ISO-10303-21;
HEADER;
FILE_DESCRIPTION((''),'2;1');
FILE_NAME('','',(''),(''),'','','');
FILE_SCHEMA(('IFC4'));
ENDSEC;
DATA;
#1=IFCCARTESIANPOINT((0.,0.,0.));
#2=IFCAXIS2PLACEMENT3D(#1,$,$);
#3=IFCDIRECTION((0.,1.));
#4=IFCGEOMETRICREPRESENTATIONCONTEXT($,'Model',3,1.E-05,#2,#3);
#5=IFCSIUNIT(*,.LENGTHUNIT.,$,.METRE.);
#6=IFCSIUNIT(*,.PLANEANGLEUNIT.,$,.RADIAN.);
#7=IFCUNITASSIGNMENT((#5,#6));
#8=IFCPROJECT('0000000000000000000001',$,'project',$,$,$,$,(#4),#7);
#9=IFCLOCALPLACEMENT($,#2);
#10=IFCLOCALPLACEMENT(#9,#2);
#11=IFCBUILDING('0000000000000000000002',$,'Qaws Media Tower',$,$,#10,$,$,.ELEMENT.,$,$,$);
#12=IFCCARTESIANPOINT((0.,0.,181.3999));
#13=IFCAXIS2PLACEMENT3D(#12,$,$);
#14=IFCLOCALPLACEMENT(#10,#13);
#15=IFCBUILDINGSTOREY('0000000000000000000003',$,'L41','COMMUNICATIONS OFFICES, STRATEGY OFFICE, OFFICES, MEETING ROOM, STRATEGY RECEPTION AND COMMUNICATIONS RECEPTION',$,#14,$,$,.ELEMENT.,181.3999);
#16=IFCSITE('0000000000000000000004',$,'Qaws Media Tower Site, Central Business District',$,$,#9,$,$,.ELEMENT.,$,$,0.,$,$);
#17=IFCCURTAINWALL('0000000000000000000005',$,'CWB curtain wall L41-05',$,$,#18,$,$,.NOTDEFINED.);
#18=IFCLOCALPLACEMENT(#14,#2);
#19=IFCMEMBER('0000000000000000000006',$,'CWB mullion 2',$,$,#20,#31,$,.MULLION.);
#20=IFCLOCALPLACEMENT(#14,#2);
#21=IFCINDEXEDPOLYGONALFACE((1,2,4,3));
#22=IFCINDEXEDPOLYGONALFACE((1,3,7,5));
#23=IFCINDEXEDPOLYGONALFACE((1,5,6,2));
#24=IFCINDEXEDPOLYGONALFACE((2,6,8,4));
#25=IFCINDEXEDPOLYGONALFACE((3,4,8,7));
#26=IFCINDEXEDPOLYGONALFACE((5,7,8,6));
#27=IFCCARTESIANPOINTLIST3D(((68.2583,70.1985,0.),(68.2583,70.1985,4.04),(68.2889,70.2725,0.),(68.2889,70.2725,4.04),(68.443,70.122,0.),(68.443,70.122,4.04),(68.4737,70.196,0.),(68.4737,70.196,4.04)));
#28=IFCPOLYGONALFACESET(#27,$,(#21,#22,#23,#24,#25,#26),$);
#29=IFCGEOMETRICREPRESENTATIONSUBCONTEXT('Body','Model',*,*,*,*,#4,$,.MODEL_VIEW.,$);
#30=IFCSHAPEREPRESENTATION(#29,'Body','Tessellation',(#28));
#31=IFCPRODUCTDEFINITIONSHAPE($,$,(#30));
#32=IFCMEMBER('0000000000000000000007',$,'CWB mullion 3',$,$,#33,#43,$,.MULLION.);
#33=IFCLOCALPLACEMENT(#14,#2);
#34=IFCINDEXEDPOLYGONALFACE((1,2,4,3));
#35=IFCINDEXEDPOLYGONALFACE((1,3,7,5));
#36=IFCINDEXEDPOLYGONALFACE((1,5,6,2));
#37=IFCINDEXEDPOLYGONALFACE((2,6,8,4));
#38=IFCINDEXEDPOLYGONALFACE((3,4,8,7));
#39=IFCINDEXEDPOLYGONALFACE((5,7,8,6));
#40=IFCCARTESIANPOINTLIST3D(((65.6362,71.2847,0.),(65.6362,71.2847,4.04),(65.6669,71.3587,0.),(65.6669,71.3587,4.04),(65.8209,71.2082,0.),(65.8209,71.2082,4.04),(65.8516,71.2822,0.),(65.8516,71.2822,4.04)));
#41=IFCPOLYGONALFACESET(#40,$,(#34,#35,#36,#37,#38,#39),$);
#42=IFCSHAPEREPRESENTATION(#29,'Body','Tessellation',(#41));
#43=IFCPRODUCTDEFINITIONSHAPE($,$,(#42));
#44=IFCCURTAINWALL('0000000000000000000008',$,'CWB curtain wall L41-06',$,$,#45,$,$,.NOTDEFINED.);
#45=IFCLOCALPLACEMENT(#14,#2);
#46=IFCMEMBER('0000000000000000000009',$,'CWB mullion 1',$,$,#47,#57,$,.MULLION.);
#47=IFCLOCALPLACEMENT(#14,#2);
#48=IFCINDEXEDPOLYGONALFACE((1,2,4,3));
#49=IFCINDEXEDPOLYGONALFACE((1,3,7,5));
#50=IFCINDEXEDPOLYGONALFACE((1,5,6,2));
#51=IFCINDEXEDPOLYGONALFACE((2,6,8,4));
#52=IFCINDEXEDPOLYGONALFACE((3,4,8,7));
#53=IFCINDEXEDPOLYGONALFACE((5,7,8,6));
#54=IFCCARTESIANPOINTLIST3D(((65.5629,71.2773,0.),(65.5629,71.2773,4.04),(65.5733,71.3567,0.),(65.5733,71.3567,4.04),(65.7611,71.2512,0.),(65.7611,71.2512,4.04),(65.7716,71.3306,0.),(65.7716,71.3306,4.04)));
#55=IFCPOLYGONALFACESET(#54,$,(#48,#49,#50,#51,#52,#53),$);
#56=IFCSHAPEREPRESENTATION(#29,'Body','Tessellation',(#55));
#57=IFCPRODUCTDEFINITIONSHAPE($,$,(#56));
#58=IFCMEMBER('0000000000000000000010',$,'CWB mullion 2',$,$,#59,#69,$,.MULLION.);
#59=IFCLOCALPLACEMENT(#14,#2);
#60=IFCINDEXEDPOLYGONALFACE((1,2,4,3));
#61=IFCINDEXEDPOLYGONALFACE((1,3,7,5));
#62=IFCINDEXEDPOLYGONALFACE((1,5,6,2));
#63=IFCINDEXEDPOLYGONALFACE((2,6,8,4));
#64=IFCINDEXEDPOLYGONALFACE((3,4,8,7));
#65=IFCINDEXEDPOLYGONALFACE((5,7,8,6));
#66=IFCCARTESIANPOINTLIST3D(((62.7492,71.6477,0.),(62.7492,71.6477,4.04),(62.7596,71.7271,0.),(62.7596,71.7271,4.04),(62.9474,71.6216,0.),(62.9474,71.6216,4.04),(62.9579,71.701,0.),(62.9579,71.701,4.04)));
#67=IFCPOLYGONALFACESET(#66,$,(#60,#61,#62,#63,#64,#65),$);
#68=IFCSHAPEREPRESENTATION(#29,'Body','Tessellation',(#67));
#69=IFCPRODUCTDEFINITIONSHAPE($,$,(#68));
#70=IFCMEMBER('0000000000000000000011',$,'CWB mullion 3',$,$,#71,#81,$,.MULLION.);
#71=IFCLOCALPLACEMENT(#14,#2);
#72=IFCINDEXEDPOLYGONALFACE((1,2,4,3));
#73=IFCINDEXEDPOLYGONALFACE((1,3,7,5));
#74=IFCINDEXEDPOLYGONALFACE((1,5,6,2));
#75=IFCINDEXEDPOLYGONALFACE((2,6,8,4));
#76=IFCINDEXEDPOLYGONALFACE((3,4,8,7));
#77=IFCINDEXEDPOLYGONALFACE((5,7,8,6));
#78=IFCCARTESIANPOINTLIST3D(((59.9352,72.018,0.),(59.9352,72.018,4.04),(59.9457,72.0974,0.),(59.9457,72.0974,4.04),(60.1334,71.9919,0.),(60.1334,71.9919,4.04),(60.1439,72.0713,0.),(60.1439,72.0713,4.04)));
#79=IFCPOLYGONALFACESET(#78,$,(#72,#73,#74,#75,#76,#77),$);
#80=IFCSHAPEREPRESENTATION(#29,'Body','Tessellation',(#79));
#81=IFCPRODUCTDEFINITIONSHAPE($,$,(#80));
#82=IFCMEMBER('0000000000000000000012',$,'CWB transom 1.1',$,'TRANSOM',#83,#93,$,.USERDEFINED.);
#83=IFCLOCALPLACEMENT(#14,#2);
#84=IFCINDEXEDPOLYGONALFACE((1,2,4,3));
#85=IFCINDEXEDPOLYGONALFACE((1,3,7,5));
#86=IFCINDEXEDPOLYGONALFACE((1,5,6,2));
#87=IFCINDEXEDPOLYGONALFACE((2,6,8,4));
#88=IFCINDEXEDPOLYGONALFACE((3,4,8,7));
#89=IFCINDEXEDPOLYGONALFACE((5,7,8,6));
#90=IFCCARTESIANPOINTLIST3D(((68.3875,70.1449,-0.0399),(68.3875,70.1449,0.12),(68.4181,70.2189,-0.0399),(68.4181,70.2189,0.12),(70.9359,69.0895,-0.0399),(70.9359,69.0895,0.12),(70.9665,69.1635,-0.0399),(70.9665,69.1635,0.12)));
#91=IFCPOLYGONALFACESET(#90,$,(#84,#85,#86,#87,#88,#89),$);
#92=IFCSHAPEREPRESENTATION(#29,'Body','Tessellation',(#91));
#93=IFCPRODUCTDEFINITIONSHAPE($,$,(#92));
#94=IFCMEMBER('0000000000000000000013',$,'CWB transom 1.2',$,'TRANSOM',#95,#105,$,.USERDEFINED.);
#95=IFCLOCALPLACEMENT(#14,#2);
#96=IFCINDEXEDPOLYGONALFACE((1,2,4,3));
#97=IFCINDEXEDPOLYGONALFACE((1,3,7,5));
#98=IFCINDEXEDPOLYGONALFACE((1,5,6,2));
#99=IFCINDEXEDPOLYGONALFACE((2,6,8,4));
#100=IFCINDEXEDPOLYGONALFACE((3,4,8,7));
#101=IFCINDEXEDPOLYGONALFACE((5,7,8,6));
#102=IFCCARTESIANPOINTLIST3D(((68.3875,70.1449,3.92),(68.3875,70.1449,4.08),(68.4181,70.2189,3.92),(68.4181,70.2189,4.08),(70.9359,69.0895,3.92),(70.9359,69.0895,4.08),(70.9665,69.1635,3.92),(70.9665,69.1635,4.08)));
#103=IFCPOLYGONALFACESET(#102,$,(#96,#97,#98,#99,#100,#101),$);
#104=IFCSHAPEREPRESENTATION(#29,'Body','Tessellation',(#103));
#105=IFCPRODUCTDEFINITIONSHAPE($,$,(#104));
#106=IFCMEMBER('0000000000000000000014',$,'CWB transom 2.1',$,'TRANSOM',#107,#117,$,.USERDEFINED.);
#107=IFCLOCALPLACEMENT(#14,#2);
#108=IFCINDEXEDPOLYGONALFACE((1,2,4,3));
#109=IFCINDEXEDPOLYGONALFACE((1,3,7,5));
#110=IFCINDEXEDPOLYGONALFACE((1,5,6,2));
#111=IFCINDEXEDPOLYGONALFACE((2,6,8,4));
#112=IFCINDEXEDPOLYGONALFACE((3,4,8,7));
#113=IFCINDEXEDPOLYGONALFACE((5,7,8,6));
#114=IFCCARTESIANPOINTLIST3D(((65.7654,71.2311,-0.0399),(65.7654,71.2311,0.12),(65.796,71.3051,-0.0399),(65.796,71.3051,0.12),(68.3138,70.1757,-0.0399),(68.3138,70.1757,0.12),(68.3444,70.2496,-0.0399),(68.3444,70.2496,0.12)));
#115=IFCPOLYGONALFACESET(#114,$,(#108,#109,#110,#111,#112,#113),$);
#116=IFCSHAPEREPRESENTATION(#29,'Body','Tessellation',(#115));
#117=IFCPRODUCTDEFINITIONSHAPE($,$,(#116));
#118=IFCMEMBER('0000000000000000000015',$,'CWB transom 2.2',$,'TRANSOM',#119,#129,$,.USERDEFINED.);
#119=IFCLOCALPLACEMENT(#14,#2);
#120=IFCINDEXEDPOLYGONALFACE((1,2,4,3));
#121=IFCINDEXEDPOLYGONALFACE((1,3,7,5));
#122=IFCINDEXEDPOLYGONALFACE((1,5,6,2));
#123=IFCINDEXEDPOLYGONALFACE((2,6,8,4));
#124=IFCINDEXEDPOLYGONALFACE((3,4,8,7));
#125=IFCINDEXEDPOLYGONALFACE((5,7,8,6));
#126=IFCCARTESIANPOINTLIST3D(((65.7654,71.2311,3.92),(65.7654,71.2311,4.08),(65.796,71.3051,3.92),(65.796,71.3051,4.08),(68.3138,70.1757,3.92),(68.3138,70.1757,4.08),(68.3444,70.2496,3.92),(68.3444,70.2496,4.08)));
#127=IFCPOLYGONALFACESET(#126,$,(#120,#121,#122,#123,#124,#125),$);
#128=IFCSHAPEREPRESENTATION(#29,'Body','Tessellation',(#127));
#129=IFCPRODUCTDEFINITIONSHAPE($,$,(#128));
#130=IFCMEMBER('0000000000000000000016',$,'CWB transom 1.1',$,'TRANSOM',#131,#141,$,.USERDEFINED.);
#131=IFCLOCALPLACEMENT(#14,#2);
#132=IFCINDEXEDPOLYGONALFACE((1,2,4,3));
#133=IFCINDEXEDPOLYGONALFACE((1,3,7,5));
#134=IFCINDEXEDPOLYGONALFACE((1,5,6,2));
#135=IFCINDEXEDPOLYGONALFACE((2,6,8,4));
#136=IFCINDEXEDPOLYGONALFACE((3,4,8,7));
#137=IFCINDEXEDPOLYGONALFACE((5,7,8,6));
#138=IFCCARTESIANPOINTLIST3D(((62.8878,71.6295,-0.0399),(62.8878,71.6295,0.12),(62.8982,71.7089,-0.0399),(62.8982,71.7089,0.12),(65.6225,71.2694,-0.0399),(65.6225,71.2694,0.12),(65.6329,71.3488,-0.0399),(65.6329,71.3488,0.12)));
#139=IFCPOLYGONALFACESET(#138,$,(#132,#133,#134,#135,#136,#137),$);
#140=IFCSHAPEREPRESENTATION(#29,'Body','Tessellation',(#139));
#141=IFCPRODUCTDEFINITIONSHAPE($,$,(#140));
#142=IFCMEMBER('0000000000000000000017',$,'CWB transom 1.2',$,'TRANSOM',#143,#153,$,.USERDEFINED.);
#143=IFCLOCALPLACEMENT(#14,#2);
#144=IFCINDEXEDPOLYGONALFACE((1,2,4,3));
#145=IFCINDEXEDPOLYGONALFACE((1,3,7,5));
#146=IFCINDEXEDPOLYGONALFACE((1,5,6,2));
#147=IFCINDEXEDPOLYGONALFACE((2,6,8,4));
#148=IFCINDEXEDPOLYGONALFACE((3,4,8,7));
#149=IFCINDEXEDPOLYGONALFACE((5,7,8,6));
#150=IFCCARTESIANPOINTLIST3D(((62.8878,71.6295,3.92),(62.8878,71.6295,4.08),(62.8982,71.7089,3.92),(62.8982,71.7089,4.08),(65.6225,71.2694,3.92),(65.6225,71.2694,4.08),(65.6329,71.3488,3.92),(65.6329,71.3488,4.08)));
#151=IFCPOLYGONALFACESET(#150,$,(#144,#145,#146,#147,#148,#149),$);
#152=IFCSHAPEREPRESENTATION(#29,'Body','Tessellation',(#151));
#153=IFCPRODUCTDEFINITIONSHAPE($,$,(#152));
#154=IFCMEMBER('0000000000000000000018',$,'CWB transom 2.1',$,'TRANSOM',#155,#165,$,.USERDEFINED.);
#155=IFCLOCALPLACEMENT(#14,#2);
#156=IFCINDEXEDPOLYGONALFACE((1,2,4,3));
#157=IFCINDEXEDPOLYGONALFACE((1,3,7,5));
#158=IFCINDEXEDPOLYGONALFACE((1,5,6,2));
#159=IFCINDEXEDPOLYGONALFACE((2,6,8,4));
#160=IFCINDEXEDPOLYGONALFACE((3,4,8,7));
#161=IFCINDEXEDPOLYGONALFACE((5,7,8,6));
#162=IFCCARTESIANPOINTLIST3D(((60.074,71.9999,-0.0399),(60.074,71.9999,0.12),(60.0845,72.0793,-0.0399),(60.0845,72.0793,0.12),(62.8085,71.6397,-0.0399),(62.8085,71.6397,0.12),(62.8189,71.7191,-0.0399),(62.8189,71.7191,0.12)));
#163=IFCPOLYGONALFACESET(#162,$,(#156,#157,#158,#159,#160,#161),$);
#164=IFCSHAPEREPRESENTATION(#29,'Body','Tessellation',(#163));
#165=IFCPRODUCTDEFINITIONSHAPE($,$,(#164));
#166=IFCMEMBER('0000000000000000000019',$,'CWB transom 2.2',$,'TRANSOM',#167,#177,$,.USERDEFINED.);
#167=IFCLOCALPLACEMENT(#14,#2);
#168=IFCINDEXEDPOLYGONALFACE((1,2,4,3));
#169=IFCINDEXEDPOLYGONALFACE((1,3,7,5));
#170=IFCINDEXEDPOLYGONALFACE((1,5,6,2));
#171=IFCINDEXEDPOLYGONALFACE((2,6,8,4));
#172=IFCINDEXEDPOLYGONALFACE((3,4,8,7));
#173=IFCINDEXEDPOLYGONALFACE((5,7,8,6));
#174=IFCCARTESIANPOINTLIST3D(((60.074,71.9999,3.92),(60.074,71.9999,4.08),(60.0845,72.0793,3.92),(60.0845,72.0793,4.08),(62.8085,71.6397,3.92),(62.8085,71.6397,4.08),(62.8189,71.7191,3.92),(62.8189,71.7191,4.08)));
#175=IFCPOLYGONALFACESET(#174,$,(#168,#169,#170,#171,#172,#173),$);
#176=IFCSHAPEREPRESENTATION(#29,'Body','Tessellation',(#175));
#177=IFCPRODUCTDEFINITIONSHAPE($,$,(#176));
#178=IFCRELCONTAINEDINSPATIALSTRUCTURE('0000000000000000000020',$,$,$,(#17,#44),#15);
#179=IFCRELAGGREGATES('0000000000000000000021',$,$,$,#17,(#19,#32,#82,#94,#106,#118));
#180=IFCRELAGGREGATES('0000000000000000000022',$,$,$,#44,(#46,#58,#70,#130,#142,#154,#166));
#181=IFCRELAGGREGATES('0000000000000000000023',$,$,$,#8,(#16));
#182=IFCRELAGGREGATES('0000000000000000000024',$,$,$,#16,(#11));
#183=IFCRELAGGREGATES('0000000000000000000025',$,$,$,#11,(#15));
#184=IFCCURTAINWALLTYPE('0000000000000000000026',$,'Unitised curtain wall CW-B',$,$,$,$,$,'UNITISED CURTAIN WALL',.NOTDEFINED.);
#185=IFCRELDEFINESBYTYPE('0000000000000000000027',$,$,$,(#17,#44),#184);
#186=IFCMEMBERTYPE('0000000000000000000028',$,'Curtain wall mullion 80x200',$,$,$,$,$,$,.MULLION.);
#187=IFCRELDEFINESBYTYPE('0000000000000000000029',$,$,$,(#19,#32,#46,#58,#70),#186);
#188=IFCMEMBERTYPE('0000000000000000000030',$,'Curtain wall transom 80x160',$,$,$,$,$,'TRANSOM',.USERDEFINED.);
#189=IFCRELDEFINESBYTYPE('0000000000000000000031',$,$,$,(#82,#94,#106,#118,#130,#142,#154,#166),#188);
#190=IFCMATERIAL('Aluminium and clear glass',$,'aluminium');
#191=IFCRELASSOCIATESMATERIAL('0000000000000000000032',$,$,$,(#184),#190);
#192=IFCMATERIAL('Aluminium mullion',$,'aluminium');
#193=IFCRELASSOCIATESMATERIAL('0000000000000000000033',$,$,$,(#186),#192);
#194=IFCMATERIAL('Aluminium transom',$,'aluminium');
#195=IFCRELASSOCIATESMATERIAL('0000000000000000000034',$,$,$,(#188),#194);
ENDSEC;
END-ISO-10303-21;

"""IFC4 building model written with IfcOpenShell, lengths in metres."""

from ifc_helpers import new_model, si_unit, direction, frame, origin, origin_2d, place, context, subcontext, project, spatial, rectangle, extrude, material, material_profile, profile_set, type_object, element, aggregate, save


model = new_model("IFC4")

# Units and contexts
model_context = context("Model", 3, precision=1e-05, world=origin(), true_north=direction((0.0, 1.0)))
body_context = subcontext(model_context, "Body", "Model", "MODEL_VIEW")
ifc_project = project(units=[si_unit("LENGTHUNIT", "METRE"), si_unit("PLANEANGLEUNIT", "RADIAN")], contexts=[model_context])

# Site, building, storey
site_placement = place(None, origin())
site = spatial("IfcSite", under=ifc_project, at=site_placement, Name="Qaws Media Tower Site, Central Business District", CompositionType="ELEMENT", RefElevation=0.0)
building_placement = place(site_placement, origin())
building = spatial("IfcBuilding", under=site, at=building_placement, Name="Qaws Media Tower", CompositionType="ELEMENT")
storey_placement = place(building_placement, frame((0.0, 0.0, 181.3999)))
storey = spatial("IfcBuildingStorey", under=building, at=storey_placement, Name="L41", Description="COMMUNICATIONS OFFICES, STRATEGY OFFICE, OFFICES, MEETING ROOM, STRATEGY RECEPTION AND COMMUNICATIONS RECEPTION", CompositionType="ELEMENT", Elevation=181.3999)

# Curtain walls, members
ifc_material_1 = material(Name="Aluminium and clear glass", Category="aluminium")
curtain_wall_type = type_object("IfcCurtainWallType", Name="Unitised curtain wall CW-B", ElementType="UNITISED CURTAIN WALL", PredefinedType="NOTDEFINED", material=ifc_material_1)
curtain_wall_1_placement = place(storey_placement, origin())
curtain_wall_1 = element("IfcCurtainWall", 1, at=curtain_wall_1_placement, inside=storey, type_object=curtain_wall_type, Name="CWB curtain wall L41-05", PredefinedType="NOTDEFINED")
ifc_material_2 = material(Name="Aluminium mullion", Category="aluminium")
ifc_material_profile_1 = material_profile(ifc_material_2, rectangle(XDim=0.0801, YDim=0.2, at=origin_2d()), Name="80x200")
ifc_profile_set_1 = profile_set([ifc_material_profile_1], Name="Aluminium mullion")
member_type_1 = type_object("IfcMemberType", Name="Curtain wall mullion 80x200", PredefinedType="MULLION", material=ifc_profile_set_1)
member_1_placement = place(storey_placement, frame((68.366, 70.1973, 0.0), z_axis=(0.0, 0.0, 1.0), x_axis=(-0.382683, -0.92388, 0.0)))
member_1 = element("IfcMember", 2, at=member_1_placement, type_object=member_type_1, Name="CWB mullion 2", PredefinedType="MULLION", context=body_context, shape_type="SweptSolid", body=[
    extrude(rectangle(XDim=0.0801, YDim=0.2, at=origin_2d()), origin(), (0.0, 0.0, 1.0), 4.04),
])
member_2_placement = place(storey_placement, frame((65.7439, 71.2834, 0.0), z_axis=(0.0, 0.0, 1.0), x_axis=(-0.382683, -0.92388, 0.0)))
member_2 = element("IfcMember", 3, at=member_2_placement, type_object=member_type_1, Name="CWB mullion 3", PredefinedType="MULLION", context=body_context, shape_type="SweptSolid", body=[
    extrude(rectangle(XDim=0.0801, YDim=0.2, at=origin_2d()), origin(), (0.0, 0.0, 1.0), 4.04),
])
curtain_wall_2_placement = place(storey_placement, origin())
curtain_wall_2 = element("IfcCurtainWall", 4, at=curtain_wall_2_placement, inside=storey, type_object=curtain_wall_type, Name="CWB curtain wall L41-06", PredefinedType="NOTDEFINED")
member_3_placement = place(storey_placement, frame((65.6672, 71.304, 0.0), z_axis=(0.0, 0.0, 1.0), x_axis=(-0.130526, -0.991445, 0.0)))
member_3 = element("IfcMember", 5, at=member_3_placement, type_object=member_type_1, Name="CWB mullion 1", PredefinedType="MULLION", context=body_context, shape_type="SweptSolid", body=[
    extrude(rectangle(XDim=0.0801, YDim=0.2, at=origin_2d()), origin(), (0.0, 0.0, 1.0), 4.04),
])
member_4_placement = place(storey_placement, frame((62.8535, 71.6743, 0.0), z_axis=(0.0, 0.0, 1.0), x_axis=(-0.130526, -0.991445, 0.0)))
member_4 = element("IfcMember", 6, at=member_4_placement, type_object=member_type_1, Name="CWB mullion 2", PredefinedType="MULLION", context=body_context, shape_type="SweptSolid", body=[
    extrude(rectangle(XDim=0.0801, YDim=0.2, at=origin_2d()), origin(), (0.0, 0.0, 1.0), 4.04),
])
member_5_placement = place(storey_placement, frame((60.0396, 72.0447, 0.0), z_axis=(0.0, 0.0, 1.0), x_axis=(-0.130526, -0.991445, 0.0)))
member_5 = element("IfcMember", 7, at=member_5_placement, type_object=member_type_1, Name="CWB mullion 3", PredefinedType="MULLION", context=body_context, shape_type="SweptSolid", body=[
    extrude(rectangle(XDim=0.0801, YDim=0.2, at=origin_2d()), origin(), (0.0, 0.0, 1.0), 4.04),
])

# Members
ifc_material_3 = material(Name="Aluminium transom", Category="aluminium")
ifc_material_profile_2 = material_profile(ifc_material_3, rectangle(XDim=0.0801, YDim=0.1599, at=origin_2d()), Name="80x160")
ifc_profile_set_2 = profile_set([ifc_material_profile_2], Name="Aluminium transom")
member_type_2 = type_object("IfcMemberType", Name="Curtain wall transom 80x160", ElementType="TRANSOM", PredefinedType="USERDEFINED", material=ifc_profile_set_2)
member_6_placement = place(storey_placement, frame((70.9512, 69.1265, 0.04), z_axis=(-0.923897, 0.382641, 0.0), x_axis=(-0.382641, -0.923897, 0.0)))
member_6 = element("IfcMember", 8, at=member_6_placement, type_object=member_type_2, Name="CWB transom 1.1", ObjectType="TRANSOM", PredefinedType="USERDEFINED", context=body_context, shape_type="SweptSolid", body=[
    extrude(rectangle(XDim=0.0801, YDim=0.1599, at=origin_2d()), origin(), (0.0, 0.0, 1.0), 2.7583),
])
member_7_placement = place(storey_placement, frame((70.9512, 69.1265, 4.0), z_axis=(-0.923897, 0.382641, 0.0), x_axis=(-0.382641, -0.923897, 0.0)))
member_7 = element("IfcMember", 9, at=member_7_placement, type_object=member_type_2, Name="CWB transom 1.2", ObjectType="TRANSOM", PredefinedType="USERDEFINED", context=body_context, shape_type="SweptSolid", body=[
    extrude(rectangle(XDim=0.0801, YDim=0.1599, at=origin_2d()), origin(), (0.0, 0.0, 1.0), 2.7583),
])
member_8_placement = place(storey_placement, frame((68.3291, 70.2126, 0.04), z_axis=(-0.923897, 0.382641, 0.0), x_axis=(-0.382641, -0.923897, 0.0)))
member_8 = element("IfcMember", 10, at=member_8_placement, type_object=member_type_2, Name="CWB transom 2.1", ObjectType="TRANSOM", PredefinedType="USERDEFINED", context=body_context, shape_type="SweptSolid", body=[
    extrude(rectangle(XDim=0.0801, YDim=0.1599, at=origin_2d()), origin(), (0.0, 0.0, 1.0), 2.7583),
])
member_9_placement = place(storey_placement, frame((68.3291, 70.2126, 4.0), z_axis=(-0.923897, 0.382641, 0.0), x_axis=(-0.382641, -0.923897, 0.0)))
member_9 = element("IfcMember", 11, at=member_9_placement, type_object=member_type_2, Name="CWB transom 2.2", ObjectType="TRANSOM", PredefinedType="USERDEFINED", context=body_context, shape_type="SweptSolid", body=[
    extrude(rectangle(XDim=0.0801, YDim=0.1599, at=origin_2d()), origin(), (0.0, 0.0, 1.0), 2.7583),
])
member_10_placement = place(storey_placement, frame((65.6277, 71.3091, 0.04), z_axis=(-0.991441, 0.130558, 0.0), x_axis=(-0.130558, -0.991441, 0.0)))
member_10 = element("IfcMember", 12, at=member_10_placement, type_object=member_type_2, Name="CWB transom 1.1", ObjectType="TRANSOM", PredefinedType="USERDEFINED", context=body_context, shape_type="SweptSolid", body=[
    extrude(rectangle(XDim=0.0801, YDim=0.1599, at=origin_2d()), origin(), (0.0, 0.0, 1.0), 2.7583),
])
member_11_placement = place(storey_placement, frame((65.6277, 71.3091, 4.0), z_axis=(-0.991441, 0.130558, 0.0), x_axis=(-0.130558, -0.991441, 0.0)))
member_11 = element("IfcMember", 13, at=member_11_placement, type_object=member_type_2, Name="CWB transom 1.2", ObjectType="TRANSOM", PredefinedType="USERDEFINED", context=body_context, shape_type="SweptSolid", body=[
    extrude(rectangle(XDim=0.0801, YDim=0.1599, at=origin_2d()), origin(), (0.0, 0.0, 1.0), 2.7583),
])
member_12_placement = place(storey_placement, frame((62.8137, 71.6794, 0.04), z_axis=(-0.991439, 0.130569, 0.0), x_axis=(-0.130569, -0.991439, 0.0)))
member_12 = element("IfcMember", 14, at=member_12_placement, type_object=member_type_2, Name="CWB transom 2.1", ObjectType="TRANSOM", PredefinedType="USERDEFINED", context=body_context, shape_type="SweptSolid", body=[
    extrude(rectangle(XDim=0.0801, YDim=0.1599, at=origin_2d()), origin(), (0.0, 0.0, 1.0), 2.7581),
])
member_13_placement = place(storey_placement, frame((62.8137, 71.6794, 4.0), z_axis=(-0.991439, 0.130569, 0.0), x_axis=(-0.130569, -0.991439, 0.0)))
member_13 = element("IfcMember", 15, at=member_13_placement, type_object=member_type_2, Name="CWB transom 2.2", ObjectType="TRANSOM", PredefinedType="USERDEFINED", context=body_context, shape_type="SweptSolid", body=[
    extrude(rectangle(XDim=0.0801, YDim=0.1599, at=origin_2d()), origin(), (0.0, 0.0, 1.0), 2.7581),
])

aggregate(curtain_wall_1, [member_1, member_2, member_6, member_7, member_8, member_9])
aggregate(curtain_wall_2, [member_3, member_4, member_5, member_10, member_11, member_12, member_13])

save(model, "model.ifc")
